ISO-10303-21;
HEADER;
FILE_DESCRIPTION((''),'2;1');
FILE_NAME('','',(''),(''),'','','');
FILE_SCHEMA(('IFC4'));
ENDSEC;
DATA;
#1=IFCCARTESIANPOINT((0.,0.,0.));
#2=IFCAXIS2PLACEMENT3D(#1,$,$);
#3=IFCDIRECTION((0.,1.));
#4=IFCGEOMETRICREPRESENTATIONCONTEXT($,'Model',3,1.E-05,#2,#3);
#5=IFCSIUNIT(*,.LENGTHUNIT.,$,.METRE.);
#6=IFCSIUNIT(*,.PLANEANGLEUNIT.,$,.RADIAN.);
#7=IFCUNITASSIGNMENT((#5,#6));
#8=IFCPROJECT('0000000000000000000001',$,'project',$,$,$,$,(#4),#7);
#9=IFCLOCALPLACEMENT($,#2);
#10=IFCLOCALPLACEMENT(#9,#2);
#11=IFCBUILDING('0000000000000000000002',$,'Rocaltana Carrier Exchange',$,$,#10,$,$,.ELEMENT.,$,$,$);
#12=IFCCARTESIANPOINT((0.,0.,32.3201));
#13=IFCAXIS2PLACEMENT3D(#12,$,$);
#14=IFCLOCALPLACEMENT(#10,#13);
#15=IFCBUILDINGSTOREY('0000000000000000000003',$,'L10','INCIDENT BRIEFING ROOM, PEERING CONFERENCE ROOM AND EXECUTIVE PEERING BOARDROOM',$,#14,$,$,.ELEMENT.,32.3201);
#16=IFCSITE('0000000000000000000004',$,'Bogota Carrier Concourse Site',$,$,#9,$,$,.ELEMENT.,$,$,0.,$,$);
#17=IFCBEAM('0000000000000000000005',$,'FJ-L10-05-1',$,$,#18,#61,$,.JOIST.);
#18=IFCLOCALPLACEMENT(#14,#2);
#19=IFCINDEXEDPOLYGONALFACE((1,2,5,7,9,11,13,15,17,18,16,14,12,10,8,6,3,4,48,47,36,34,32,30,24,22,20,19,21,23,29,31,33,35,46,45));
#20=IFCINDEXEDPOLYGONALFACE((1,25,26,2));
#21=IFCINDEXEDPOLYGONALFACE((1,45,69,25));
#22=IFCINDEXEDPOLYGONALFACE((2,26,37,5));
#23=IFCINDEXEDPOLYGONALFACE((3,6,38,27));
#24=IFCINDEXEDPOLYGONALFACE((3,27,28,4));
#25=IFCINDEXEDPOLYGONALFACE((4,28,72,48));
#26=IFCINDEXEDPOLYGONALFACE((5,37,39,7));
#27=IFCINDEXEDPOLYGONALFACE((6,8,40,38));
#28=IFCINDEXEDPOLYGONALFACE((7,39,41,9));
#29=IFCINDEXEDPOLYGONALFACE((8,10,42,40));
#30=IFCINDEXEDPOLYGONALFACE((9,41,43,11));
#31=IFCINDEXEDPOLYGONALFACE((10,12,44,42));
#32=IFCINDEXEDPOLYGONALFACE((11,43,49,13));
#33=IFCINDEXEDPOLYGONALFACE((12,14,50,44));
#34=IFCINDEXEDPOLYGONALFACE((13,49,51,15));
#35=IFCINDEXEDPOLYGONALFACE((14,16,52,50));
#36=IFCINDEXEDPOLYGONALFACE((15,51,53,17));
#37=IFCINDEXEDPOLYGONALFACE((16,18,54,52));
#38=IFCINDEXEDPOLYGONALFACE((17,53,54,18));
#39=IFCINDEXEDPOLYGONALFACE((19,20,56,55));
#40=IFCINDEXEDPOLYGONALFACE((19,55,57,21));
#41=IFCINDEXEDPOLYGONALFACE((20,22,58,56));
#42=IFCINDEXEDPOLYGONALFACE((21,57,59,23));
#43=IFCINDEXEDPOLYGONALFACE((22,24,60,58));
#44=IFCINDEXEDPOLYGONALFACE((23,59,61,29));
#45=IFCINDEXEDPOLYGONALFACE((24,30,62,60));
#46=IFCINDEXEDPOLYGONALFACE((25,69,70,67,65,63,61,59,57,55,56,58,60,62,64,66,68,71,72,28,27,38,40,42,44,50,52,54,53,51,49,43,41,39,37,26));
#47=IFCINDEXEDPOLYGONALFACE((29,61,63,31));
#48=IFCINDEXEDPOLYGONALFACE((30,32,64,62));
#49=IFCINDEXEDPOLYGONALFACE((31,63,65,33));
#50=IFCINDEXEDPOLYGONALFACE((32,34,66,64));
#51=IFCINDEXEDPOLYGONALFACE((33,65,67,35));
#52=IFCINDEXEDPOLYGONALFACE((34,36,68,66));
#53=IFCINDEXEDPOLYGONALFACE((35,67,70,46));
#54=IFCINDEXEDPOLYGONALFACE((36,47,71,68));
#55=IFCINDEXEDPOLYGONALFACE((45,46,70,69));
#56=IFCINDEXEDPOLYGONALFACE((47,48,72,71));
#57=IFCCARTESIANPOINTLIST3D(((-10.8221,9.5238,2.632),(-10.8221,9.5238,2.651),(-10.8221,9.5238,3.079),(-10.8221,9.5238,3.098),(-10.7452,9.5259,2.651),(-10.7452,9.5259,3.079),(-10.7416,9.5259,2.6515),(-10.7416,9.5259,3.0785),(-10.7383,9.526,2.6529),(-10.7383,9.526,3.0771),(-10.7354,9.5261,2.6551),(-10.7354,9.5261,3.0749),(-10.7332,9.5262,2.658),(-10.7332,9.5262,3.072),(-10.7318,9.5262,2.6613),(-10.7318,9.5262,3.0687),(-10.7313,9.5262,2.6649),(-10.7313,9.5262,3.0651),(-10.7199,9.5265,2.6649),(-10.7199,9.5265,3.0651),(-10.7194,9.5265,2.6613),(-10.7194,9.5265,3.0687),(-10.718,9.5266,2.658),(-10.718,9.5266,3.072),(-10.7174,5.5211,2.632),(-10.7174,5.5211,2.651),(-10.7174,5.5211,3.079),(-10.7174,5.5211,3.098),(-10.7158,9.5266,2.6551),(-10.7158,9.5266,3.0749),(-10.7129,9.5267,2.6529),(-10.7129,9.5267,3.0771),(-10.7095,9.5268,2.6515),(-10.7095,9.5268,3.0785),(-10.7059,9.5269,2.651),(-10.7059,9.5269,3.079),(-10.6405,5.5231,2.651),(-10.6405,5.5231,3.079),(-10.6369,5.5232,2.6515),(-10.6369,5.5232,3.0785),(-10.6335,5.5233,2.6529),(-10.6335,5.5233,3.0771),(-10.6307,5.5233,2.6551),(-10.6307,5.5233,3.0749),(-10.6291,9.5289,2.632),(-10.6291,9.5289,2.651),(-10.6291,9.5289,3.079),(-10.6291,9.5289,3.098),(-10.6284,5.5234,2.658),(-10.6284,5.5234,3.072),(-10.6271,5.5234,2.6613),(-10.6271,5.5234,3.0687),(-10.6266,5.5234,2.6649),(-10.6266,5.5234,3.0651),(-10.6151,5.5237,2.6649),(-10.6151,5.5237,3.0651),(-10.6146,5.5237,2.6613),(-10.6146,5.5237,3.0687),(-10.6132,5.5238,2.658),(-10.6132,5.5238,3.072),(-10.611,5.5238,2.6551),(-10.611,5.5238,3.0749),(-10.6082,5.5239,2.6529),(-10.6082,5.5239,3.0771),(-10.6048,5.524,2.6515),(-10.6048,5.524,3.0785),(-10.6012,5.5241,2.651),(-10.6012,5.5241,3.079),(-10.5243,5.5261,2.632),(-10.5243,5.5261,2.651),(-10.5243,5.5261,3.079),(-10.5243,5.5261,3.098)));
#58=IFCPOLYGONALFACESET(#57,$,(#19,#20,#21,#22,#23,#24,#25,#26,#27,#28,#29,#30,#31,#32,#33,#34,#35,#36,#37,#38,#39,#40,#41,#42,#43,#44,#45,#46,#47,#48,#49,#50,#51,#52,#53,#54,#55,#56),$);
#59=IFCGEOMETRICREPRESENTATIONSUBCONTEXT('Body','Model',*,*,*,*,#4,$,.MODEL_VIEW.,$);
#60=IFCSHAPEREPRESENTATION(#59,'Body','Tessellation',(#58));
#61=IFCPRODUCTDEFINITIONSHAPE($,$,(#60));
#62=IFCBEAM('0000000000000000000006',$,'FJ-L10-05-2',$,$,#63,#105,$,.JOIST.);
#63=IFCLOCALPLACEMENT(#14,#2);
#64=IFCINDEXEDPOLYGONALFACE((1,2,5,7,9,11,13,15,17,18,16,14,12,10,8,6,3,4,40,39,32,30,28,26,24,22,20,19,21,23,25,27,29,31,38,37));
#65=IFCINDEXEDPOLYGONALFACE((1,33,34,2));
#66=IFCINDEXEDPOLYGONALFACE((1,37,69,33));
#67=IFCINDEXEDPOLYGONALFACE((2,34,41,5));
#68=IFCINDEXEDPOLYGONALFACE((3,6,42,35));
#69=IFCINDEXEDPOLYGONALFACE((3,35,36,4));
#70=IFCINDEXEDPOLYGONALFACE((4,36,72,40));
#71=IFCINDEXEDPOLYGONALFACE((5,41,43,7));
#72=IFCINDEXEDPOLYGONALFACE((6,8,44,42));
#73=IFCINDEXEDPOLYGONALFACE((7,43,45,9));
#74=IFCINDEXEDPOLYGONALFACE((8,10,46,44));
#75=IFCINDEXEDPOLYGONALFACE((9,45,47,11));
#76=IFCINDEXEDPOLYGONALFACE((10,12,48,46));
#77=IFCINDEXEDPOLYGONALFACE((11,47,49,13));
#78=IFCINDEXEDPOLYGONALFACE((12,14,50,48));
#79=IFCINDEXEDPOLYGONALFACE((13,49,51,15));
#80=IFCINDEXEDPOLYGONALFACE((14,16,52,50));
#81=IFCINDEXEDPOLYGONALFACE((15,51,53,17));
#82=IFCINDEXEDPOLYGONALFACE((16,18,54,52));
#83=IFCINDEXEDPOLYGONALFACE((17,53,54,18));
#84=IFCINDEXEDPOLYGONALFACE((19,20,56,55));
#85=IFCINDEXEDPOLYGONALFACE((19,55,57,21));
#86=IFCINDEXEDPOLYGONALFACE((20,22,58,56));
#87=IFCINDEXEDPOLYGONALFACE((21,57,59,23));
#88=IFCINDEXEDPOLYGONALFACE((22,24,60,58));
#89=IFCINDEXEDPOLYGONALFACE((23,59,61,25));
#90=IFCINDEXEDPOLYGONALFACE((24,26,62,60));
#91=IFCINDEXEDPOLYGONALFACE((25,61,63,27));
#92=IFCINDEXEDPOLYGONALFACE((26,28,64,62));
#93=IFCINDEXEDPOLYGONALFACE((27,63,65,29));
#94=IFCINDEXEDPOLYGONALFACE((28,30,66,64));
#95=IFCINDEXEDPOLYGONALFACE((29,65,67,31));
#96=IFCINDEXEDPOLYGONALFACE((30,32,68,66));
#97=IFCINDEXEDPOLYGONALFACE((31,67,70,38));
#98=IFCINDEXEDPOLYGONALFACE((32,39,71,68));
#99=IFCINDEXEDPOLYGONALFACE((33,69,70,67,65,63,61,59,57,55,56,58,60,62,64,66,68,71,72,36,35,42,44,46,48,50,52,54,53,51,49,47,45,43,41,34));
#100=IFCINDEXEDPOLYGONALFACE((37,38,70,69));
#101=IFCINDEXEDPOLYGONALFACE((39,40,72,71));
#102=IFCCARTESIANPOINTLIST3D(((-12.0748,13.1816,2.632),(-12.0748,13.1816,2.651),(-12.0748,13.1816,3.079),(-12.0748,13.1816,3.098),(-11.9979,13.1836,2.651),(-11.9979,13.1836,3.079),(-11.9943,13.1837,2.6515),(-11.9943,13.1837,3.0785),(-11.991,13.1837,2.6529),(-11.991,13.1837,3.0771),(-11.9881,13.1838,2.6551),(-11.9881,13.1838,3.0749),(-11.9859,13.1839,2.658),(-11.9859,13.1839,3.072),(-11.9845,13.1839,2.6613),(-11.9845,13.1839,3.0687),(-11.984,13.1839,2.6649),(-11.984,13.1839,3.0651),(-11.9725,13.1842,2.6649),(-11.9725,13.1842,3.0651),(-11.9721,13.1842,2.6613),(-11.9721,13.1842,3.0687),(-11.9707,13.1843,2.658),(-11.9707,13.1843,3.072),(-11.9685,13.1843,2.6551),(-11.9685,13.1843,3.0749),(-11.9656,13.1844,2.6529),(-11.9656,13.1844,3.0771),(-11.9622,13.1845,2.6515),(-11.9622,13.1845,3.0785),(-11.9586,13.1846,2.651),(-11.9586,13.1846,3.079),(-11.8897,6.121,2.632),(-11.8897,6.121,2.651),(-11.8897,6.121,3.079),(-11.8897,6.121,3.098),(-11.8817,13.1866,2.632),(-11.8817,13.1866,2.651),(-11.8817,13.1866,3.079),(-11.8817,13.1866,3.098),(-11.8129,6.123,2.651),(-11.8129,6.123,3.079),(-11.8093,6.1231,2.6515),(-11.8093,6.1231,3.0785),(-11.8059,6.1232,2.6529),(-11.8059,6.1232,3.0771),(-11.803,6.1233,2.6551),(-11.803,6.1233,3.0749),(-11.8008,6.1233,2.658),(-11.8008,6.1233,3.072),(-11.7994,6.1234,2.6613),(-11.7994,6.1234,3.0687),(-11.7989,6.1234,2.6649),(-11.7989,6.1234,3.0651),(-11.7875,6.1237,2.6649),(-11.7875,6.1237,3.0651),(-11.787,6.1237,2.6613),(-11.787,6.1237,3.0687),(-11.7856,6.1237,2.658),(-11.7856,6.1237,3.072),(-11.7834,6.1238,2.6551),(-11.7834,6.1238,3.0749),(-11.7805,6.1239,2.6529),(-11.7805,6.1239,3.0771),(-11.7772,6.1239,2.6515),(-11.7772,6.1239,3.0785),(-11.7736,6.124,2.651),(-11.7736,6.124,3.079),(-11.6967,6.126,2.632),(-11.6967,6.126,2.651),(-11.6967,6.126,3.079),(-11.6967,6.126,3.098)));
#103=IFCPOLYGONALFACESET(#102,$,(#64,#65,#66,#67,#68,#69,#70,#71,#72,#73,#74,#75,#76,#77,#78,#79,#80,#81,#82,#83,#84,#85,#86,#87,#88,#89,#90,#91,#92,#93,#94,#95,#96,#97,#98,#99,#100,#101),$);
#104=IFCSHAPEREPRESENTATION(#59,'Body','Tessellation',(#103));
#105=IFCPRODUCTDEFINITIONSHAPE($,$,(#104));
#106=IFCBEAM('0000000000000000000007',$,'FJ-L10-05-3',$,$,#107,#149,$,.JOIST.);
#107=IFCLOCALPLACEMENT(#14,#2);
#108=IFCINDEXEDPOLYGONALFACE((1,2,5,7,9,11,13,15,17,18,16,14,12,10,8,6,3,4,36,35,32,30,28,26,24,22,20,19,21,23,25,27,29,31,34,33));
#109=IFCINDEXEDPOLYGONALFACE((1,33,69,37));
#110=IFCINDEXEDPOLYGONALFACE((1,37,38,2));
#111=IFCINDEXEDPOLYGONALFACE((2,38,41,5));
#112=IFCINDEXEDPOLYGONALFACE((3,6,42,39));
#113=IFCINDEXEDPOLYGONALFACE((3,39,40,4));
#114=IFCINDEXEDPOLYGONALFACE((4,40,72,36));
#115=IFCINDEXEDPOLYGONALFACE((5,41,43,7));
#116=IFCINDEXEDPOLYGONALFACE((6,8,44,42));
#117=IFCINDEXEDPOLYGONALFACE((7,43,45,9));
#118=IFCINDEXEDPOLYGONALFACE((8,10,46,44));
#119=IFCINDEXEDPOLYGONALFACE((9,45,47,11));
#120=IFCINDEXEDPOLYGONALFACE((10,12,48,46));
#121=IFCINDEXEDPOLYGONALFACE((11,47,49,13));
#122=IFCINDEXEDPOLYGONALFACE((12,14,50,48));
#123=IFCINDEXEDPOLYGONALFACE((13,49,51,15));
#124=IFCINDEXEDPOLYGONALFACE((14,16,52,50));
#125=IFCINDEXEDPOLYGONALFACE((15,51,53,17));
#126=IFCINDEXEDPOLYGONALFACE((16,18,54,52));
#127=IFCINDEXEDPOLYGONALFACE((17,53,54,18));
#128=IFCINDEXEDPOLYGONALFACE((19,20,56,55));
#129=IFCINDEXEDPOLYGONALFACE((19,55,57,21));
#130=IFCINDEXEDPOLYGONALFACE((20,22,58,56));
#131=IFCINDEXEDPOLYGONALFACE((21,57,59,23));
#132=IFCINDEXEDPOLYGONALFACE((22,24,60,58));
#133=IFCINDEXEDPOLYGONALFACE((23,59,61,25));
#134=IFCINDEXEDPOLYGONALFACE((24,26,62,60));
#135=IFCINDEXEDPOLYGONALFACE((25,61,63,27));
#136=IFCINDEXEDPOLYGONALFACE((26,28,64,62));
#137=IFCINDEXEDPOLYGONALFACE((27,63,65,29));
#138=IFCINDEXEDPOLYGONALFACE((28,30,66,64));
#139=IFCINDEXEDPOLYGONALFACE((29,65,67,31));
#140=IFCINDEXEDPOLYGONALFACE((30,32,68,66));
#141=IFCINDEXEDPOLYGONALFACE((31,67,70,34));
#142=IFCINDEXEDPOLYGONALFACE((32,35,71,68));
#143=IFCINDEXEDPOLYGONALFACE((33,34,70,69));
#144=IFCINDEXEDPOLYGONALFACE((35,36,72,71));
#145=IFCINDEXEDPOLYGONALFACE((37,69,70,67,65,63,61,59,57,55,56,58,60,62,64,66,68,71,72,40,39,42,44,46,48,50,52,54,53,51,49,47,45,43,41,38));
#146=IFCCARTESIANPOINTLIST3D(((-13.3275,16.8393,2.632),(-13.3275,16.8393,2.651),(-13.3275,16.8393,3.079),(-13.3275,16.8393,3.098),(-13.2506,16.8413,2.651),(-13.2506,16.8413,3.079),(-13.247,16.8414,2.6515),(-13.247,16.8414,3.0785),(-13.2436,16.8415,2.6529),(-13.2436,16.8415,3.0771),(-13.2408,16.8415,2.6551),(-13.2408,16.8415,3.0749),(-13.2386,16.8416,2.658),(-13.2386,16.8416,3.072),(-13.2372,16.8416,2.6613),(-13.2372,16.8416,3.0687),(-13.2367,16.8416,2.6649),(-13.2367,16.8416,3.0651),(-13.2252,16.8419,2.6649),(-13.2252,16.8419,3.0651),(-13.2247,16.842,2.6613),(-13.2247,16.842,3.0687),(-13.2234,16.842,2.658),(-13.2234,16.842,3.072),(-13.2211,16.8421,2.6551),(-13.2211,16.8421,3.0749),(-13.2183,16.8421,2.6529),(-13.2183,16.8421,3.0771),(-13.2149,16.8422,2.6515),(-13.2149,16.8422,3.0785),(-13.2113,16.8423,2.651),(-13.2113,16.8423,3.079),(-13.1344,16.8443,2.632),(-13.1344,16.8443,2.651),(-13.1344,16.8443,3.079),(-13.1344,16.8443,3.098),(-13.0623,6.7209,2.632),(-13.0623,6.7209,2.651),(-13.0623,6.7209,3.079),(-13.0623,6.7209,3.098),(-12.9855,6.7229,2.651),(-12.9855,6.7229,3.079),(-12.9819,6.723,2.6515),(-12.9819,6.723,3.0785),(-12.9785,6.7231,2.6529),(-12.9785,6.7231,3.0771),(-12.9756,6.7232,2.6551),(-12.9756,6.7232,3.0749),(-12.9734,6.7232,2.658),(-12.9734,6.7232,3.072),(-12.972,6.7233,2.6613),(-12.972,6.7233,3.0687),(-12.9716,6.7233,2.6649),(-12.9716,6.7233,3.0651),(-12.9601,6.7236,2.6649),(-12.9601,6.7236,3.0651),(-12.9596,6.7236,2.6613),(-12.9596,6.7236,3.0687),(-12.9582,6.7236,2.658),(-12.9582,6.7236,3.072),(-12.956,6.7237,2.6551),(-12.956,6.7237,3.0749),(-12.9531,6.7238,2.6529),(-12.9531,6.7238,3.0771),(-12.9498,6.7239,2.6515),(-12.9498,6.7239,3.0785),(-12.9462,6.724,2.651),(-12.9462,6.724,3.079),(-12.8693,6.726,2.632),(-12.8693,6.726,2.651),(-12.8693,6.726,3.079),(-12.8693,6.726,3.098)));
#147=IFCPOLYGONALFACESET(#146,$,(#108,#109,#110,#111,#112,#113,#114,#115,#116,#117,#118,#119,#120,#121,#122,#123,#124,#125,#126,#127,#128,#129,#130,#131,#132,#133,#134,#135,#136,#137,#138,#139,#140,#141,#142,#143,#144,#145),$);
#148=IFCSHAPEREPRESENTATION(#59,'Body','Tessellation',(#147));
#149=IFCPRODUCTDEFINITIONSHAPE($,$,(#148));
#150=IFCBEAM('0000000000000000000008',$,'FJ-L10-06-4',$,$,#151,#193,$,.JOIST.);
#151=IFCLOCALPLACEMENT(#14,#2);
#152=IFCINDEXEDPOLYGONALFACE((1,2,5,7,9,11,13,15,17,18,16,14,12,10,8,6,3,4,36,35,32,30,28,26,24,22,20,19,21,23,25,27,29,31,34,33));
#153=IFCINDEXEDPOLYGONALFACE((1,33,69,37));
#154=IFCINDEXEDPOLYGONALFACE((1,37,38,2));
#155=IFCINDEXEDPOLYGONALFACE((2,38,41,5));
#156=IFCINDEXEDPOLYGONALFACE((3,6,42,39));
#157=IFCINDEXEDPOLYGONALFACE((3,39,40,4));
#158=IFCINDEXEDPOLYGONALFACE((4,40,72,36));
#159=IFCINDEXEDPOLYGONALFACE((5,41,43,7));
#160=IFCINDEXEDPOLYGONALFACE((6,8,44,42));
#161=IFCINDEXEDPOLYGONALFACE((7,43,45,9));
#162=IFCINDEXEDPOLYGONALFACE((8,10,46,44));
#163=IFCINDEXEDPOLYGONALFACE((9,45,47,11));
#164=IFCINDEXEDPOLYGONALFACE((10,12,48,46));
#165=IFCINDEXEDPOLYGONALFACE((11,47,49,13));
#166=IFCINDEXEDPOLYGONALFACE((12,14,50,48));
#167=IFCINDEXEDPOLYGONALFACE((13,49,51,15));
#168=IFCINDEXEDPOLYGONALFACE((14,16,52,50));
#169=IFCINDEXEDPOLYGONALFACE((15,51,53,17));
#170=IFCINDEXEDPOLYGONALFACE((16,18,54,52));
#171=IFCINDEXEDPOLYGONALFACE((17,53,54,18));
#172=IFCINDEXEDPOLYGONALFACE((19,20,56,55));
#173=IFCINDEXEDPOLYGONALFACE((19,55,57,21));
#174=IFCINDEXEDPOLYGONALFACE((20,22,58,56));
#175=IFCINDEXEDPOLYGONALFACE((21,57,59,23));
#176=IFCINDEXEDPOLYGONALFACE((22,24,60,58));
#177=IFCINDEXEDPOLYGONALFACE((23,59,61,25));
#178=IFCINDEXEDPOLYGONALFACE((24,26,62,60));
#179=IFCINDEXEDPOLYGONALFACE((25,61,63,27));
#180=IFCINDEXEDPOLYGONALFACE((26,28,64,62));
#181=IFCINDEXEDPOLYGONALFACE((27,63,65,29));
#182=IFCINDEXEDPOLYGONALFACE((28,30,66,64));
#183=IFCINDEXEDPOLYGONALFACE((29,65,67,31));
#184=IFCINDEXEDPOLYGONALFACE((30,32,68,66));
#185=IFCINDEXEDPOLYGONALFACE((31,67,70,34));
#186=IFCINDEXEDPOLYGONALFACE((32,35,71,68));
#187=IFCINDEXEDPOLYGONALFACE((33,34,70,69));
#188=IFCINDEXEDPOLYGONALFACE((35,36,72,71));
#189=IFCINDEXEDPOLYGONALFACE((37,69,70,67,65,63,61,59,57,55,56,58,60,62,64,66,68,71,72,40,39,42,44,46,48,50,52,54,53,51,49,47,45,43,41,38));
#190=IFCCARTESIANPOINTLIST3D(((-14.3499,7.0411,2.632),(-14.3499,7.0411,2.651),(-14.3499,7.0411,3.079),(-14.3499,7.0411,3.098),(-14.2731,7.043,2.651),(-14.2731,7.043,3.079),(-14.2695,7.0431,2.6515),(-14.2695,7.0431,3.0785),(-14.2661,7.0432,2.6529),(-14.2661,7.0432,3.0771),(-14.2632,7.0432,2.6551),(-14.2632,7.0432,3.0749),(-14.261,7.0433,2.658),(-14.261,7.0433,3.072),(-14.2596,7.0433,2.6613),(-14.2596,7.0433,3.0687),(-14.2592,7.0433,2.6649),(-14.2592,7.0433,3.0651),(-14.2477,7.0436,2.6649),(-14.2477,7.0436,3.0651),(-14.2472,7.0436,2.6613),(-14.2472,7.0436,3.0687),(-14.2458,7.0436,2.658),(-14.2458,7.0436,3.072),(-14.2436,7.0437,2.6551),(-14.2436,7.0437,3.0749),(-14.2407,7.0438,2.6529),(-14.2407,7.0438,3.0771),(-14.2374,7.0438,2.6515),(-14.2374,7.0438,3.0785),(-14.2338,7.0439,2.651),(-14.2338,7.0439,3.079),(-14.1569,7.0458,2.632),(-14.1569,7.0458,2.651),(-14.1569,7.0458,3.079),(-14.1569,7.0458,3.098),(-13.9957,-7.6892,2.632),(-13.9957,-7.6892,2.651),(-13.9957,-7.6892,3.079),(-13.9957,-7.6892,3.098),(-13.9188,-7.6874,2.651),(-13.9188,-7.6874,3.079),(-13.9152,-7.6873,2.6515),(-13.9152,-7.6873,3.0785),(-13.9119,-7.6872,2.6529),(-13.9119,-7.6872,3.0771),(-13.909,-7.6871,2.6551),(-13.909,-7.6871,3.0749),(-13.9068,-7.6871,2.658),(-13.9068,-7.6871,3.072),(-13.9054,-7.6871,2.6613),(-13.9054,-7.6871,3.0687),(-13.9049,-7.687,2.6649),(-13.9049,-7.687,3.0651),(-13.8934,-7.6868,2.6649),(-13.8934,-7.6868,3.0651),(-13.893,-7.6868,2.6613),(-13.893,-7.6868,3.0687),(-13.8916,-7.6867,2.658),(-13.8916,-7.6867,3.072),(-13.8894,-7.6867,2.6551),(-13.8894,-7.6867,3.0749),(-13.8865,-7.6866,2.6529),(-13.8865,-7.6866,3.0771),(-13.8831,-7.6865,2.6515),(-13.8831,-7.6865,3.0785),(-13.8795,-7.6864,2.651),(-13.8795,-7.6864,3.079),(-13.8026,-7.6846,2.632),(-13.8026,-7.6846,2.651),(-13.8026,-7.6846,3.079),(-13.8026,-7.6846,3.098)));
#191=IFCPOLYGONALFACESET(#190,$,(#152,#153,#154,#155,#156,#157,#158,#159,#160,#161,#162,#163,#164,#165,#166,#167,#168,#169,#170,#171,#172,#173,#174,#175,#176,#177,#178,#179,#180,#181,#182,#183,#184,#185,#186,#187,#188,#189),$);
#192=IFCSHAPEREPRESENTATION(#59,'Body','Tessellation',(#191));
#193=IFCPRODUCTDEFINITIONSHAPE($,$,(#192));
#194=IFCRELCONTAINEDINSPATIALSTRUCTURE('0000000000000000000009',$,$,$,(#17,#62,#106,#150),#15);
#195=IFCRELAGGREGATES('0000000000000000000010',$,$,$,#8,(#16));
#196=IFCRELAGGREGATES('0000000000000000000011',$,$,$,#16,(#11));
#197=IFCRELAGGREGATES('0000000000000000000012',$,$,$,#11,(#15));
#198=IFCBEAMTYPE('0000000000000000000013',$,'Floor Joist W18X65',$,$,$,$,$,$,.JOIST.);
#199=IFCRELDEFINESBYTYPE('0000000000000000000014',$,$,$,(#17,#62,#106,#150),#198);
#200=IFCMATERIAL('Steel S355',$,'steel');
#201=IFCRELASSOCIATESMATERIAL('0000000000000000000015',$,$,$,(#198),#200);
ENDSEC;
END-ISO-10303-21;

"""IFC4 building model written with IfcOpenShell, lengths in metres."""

from ifc_helpers import new_model, si_unit, direction, frame, origin, origin_2d, place, context, subcontext, project, spatial, i_section, extrude, material, material_profile, profile_set, type_object, element, save


model = new_model("IFC4")

# Units and contexts
model_context = context("Model", 3, precision=1e-05, world=origin(), true_north=direction((0.0, 1.0)))
body_context = subcontext(model_context, "Body", "Model", "MODEL_VIEW")
ifc_project = project(units=[si_unit("LENGTHUNIT", "METRE"), si_unit("PLANEANGLEUNIT", "RADIAN")], contexts=[model_context])

# Site, building, storey
site_placement = place(None, origin())
site = spatial("IfcSite", under=ifc_project, at=site_placement, Name="Bogota Carrier Concourse Site", CompositionType="ELEMENT", RefElevation=0.0)
building_placement = place(site_placement, origin())
building = spatial("IfcBuilding", under=site, at=building_placement, Name="Rocaltana Carrier Exchange", CompositionType="ELEMENT")
storey_placement = place(building_placement, frame((0.0, 0.0, 32.3201)))
storey = spatial("IfcBuildingStorey", under=building, at=storey_placement, Name="L10", Description="INCIDENT BRIEFING ROOM, PEERING CONFERENCE ROOM AND EXECUTIVE PEERING BOARDROOM", CompositionType="ELEMENT", Elevation=32.3201)

# Beams
ifc_material_1 = material(Name="Steel S355", Category="steel")
ifc_material_profile_1 = material_profile(ifc_material_1, i_section(OverallWidth=0.1931, OverallDepth=0.4661, WebThickness=0.0115, FlangeThickness=0.019, FilletRadius=0.0139, at=origin_2d()), Name="W18X65")
ifc_profile_set_1 = profile_set([ifc_material_profile_1], Name="Steel S355")
beam_type_1 = type_object("IfcBeamType", Name="Floor Joist W18X65", PredefinedType="JOIST", material=ifc_profile_set_1)
beam_1_placement = place(storey_placement, frame((-10.7256, 9.5264, 2.865), z_axis=(0.026158, -0.999658, 0.0), x_axis=(0.999658, 0.026158, 0.0)))
element("IfcBeam", 1, at=beam_1_placement, inside=storey, type_object=beam_type_1, Name="FJ-L10-05-1", PredefinedType="JOIST", context=body_context, shape_type="SweptSolid", body=[
    extrude(i_section(OverallWidth=0.1931, OverallDepth=0.4661, WebThickness=0.0115, FlangeThickness=0.019, FilletRadius=0.0139, at=origin_2d()), origin(), (0.0, 0.0, 1.0), 4.0042),
])
beam_2_placement = place(storey_placement, frame((-11.9783, 13.1841, 2.865), z_axis=(0.026201, -0.999657, 0.0), x_axis=(0.999657, 0.026201, 0.0)))
element("IfcBeam", 2, at=beam_2_placement, inside=storey, type_object=beam_type_1, Name="FJ-L10-05-2", PredefinedType="JOIST", context=body_context, shape_type="SweptSolid", body=[
    extrude(i_section(OverallWidth=0.1931, OverallDepth=0.4661, WebThickness=0.0115, FlangeThickness=0.019, FilletRadius=0.0139, at=origin_2d()), origin(), (0.0, 0.0, 1.0), 7.063),
])
beam_3_placement = place(storey_placement, frame((-13.231, 16.8418, 2.865), z_axis=(0.026194, -0.999657, 0.0), x_axis=(0.999657, 0.026194, 0.0)))
element("IfcBeam", 3, at=beam_3_placement, inside=storey, type_object=beam_type_1, Name="FJ-L10-05-3", PredefinedType="JOIST", context=body_context, shape_type="SweptSolid", body=[
    extrude(i_section(OverallWidth=0.1931, OverallDepth=0.4661, WebThickness=0.0115, FlangeThickness=0.019, FilletRadius=0.0139, at=origin_2d()), origin(), (0.0, 0.0, 1.0), 10.1218),
])
beam_4_placement = place(storey_placement, frame((-14.2534, 7.0435, 2.865), z_axis=(0.024042, -0.999711, 0.0), x_axis=(0.999711, 0.024042, 0.0)))
element("IfcBeam", 4, at=beam_4_placement, inside=storey, type_object=beam_type_1, Name="FJ-L10-06-4", PredefinedType="JOIST", context=body_context, shape_type="SweptSolid", body=[
    extrude(i_section(OverallWidth=0.1931, OverallDepth=0.4661, WebThickness=0.0115, FlangeThickness=0.019, FilletRadius=0.0139, at=origin_2d()), origin(), (0.0, 0.0, 1.0), 14.7346),
])

save(model, "model.ifc")
